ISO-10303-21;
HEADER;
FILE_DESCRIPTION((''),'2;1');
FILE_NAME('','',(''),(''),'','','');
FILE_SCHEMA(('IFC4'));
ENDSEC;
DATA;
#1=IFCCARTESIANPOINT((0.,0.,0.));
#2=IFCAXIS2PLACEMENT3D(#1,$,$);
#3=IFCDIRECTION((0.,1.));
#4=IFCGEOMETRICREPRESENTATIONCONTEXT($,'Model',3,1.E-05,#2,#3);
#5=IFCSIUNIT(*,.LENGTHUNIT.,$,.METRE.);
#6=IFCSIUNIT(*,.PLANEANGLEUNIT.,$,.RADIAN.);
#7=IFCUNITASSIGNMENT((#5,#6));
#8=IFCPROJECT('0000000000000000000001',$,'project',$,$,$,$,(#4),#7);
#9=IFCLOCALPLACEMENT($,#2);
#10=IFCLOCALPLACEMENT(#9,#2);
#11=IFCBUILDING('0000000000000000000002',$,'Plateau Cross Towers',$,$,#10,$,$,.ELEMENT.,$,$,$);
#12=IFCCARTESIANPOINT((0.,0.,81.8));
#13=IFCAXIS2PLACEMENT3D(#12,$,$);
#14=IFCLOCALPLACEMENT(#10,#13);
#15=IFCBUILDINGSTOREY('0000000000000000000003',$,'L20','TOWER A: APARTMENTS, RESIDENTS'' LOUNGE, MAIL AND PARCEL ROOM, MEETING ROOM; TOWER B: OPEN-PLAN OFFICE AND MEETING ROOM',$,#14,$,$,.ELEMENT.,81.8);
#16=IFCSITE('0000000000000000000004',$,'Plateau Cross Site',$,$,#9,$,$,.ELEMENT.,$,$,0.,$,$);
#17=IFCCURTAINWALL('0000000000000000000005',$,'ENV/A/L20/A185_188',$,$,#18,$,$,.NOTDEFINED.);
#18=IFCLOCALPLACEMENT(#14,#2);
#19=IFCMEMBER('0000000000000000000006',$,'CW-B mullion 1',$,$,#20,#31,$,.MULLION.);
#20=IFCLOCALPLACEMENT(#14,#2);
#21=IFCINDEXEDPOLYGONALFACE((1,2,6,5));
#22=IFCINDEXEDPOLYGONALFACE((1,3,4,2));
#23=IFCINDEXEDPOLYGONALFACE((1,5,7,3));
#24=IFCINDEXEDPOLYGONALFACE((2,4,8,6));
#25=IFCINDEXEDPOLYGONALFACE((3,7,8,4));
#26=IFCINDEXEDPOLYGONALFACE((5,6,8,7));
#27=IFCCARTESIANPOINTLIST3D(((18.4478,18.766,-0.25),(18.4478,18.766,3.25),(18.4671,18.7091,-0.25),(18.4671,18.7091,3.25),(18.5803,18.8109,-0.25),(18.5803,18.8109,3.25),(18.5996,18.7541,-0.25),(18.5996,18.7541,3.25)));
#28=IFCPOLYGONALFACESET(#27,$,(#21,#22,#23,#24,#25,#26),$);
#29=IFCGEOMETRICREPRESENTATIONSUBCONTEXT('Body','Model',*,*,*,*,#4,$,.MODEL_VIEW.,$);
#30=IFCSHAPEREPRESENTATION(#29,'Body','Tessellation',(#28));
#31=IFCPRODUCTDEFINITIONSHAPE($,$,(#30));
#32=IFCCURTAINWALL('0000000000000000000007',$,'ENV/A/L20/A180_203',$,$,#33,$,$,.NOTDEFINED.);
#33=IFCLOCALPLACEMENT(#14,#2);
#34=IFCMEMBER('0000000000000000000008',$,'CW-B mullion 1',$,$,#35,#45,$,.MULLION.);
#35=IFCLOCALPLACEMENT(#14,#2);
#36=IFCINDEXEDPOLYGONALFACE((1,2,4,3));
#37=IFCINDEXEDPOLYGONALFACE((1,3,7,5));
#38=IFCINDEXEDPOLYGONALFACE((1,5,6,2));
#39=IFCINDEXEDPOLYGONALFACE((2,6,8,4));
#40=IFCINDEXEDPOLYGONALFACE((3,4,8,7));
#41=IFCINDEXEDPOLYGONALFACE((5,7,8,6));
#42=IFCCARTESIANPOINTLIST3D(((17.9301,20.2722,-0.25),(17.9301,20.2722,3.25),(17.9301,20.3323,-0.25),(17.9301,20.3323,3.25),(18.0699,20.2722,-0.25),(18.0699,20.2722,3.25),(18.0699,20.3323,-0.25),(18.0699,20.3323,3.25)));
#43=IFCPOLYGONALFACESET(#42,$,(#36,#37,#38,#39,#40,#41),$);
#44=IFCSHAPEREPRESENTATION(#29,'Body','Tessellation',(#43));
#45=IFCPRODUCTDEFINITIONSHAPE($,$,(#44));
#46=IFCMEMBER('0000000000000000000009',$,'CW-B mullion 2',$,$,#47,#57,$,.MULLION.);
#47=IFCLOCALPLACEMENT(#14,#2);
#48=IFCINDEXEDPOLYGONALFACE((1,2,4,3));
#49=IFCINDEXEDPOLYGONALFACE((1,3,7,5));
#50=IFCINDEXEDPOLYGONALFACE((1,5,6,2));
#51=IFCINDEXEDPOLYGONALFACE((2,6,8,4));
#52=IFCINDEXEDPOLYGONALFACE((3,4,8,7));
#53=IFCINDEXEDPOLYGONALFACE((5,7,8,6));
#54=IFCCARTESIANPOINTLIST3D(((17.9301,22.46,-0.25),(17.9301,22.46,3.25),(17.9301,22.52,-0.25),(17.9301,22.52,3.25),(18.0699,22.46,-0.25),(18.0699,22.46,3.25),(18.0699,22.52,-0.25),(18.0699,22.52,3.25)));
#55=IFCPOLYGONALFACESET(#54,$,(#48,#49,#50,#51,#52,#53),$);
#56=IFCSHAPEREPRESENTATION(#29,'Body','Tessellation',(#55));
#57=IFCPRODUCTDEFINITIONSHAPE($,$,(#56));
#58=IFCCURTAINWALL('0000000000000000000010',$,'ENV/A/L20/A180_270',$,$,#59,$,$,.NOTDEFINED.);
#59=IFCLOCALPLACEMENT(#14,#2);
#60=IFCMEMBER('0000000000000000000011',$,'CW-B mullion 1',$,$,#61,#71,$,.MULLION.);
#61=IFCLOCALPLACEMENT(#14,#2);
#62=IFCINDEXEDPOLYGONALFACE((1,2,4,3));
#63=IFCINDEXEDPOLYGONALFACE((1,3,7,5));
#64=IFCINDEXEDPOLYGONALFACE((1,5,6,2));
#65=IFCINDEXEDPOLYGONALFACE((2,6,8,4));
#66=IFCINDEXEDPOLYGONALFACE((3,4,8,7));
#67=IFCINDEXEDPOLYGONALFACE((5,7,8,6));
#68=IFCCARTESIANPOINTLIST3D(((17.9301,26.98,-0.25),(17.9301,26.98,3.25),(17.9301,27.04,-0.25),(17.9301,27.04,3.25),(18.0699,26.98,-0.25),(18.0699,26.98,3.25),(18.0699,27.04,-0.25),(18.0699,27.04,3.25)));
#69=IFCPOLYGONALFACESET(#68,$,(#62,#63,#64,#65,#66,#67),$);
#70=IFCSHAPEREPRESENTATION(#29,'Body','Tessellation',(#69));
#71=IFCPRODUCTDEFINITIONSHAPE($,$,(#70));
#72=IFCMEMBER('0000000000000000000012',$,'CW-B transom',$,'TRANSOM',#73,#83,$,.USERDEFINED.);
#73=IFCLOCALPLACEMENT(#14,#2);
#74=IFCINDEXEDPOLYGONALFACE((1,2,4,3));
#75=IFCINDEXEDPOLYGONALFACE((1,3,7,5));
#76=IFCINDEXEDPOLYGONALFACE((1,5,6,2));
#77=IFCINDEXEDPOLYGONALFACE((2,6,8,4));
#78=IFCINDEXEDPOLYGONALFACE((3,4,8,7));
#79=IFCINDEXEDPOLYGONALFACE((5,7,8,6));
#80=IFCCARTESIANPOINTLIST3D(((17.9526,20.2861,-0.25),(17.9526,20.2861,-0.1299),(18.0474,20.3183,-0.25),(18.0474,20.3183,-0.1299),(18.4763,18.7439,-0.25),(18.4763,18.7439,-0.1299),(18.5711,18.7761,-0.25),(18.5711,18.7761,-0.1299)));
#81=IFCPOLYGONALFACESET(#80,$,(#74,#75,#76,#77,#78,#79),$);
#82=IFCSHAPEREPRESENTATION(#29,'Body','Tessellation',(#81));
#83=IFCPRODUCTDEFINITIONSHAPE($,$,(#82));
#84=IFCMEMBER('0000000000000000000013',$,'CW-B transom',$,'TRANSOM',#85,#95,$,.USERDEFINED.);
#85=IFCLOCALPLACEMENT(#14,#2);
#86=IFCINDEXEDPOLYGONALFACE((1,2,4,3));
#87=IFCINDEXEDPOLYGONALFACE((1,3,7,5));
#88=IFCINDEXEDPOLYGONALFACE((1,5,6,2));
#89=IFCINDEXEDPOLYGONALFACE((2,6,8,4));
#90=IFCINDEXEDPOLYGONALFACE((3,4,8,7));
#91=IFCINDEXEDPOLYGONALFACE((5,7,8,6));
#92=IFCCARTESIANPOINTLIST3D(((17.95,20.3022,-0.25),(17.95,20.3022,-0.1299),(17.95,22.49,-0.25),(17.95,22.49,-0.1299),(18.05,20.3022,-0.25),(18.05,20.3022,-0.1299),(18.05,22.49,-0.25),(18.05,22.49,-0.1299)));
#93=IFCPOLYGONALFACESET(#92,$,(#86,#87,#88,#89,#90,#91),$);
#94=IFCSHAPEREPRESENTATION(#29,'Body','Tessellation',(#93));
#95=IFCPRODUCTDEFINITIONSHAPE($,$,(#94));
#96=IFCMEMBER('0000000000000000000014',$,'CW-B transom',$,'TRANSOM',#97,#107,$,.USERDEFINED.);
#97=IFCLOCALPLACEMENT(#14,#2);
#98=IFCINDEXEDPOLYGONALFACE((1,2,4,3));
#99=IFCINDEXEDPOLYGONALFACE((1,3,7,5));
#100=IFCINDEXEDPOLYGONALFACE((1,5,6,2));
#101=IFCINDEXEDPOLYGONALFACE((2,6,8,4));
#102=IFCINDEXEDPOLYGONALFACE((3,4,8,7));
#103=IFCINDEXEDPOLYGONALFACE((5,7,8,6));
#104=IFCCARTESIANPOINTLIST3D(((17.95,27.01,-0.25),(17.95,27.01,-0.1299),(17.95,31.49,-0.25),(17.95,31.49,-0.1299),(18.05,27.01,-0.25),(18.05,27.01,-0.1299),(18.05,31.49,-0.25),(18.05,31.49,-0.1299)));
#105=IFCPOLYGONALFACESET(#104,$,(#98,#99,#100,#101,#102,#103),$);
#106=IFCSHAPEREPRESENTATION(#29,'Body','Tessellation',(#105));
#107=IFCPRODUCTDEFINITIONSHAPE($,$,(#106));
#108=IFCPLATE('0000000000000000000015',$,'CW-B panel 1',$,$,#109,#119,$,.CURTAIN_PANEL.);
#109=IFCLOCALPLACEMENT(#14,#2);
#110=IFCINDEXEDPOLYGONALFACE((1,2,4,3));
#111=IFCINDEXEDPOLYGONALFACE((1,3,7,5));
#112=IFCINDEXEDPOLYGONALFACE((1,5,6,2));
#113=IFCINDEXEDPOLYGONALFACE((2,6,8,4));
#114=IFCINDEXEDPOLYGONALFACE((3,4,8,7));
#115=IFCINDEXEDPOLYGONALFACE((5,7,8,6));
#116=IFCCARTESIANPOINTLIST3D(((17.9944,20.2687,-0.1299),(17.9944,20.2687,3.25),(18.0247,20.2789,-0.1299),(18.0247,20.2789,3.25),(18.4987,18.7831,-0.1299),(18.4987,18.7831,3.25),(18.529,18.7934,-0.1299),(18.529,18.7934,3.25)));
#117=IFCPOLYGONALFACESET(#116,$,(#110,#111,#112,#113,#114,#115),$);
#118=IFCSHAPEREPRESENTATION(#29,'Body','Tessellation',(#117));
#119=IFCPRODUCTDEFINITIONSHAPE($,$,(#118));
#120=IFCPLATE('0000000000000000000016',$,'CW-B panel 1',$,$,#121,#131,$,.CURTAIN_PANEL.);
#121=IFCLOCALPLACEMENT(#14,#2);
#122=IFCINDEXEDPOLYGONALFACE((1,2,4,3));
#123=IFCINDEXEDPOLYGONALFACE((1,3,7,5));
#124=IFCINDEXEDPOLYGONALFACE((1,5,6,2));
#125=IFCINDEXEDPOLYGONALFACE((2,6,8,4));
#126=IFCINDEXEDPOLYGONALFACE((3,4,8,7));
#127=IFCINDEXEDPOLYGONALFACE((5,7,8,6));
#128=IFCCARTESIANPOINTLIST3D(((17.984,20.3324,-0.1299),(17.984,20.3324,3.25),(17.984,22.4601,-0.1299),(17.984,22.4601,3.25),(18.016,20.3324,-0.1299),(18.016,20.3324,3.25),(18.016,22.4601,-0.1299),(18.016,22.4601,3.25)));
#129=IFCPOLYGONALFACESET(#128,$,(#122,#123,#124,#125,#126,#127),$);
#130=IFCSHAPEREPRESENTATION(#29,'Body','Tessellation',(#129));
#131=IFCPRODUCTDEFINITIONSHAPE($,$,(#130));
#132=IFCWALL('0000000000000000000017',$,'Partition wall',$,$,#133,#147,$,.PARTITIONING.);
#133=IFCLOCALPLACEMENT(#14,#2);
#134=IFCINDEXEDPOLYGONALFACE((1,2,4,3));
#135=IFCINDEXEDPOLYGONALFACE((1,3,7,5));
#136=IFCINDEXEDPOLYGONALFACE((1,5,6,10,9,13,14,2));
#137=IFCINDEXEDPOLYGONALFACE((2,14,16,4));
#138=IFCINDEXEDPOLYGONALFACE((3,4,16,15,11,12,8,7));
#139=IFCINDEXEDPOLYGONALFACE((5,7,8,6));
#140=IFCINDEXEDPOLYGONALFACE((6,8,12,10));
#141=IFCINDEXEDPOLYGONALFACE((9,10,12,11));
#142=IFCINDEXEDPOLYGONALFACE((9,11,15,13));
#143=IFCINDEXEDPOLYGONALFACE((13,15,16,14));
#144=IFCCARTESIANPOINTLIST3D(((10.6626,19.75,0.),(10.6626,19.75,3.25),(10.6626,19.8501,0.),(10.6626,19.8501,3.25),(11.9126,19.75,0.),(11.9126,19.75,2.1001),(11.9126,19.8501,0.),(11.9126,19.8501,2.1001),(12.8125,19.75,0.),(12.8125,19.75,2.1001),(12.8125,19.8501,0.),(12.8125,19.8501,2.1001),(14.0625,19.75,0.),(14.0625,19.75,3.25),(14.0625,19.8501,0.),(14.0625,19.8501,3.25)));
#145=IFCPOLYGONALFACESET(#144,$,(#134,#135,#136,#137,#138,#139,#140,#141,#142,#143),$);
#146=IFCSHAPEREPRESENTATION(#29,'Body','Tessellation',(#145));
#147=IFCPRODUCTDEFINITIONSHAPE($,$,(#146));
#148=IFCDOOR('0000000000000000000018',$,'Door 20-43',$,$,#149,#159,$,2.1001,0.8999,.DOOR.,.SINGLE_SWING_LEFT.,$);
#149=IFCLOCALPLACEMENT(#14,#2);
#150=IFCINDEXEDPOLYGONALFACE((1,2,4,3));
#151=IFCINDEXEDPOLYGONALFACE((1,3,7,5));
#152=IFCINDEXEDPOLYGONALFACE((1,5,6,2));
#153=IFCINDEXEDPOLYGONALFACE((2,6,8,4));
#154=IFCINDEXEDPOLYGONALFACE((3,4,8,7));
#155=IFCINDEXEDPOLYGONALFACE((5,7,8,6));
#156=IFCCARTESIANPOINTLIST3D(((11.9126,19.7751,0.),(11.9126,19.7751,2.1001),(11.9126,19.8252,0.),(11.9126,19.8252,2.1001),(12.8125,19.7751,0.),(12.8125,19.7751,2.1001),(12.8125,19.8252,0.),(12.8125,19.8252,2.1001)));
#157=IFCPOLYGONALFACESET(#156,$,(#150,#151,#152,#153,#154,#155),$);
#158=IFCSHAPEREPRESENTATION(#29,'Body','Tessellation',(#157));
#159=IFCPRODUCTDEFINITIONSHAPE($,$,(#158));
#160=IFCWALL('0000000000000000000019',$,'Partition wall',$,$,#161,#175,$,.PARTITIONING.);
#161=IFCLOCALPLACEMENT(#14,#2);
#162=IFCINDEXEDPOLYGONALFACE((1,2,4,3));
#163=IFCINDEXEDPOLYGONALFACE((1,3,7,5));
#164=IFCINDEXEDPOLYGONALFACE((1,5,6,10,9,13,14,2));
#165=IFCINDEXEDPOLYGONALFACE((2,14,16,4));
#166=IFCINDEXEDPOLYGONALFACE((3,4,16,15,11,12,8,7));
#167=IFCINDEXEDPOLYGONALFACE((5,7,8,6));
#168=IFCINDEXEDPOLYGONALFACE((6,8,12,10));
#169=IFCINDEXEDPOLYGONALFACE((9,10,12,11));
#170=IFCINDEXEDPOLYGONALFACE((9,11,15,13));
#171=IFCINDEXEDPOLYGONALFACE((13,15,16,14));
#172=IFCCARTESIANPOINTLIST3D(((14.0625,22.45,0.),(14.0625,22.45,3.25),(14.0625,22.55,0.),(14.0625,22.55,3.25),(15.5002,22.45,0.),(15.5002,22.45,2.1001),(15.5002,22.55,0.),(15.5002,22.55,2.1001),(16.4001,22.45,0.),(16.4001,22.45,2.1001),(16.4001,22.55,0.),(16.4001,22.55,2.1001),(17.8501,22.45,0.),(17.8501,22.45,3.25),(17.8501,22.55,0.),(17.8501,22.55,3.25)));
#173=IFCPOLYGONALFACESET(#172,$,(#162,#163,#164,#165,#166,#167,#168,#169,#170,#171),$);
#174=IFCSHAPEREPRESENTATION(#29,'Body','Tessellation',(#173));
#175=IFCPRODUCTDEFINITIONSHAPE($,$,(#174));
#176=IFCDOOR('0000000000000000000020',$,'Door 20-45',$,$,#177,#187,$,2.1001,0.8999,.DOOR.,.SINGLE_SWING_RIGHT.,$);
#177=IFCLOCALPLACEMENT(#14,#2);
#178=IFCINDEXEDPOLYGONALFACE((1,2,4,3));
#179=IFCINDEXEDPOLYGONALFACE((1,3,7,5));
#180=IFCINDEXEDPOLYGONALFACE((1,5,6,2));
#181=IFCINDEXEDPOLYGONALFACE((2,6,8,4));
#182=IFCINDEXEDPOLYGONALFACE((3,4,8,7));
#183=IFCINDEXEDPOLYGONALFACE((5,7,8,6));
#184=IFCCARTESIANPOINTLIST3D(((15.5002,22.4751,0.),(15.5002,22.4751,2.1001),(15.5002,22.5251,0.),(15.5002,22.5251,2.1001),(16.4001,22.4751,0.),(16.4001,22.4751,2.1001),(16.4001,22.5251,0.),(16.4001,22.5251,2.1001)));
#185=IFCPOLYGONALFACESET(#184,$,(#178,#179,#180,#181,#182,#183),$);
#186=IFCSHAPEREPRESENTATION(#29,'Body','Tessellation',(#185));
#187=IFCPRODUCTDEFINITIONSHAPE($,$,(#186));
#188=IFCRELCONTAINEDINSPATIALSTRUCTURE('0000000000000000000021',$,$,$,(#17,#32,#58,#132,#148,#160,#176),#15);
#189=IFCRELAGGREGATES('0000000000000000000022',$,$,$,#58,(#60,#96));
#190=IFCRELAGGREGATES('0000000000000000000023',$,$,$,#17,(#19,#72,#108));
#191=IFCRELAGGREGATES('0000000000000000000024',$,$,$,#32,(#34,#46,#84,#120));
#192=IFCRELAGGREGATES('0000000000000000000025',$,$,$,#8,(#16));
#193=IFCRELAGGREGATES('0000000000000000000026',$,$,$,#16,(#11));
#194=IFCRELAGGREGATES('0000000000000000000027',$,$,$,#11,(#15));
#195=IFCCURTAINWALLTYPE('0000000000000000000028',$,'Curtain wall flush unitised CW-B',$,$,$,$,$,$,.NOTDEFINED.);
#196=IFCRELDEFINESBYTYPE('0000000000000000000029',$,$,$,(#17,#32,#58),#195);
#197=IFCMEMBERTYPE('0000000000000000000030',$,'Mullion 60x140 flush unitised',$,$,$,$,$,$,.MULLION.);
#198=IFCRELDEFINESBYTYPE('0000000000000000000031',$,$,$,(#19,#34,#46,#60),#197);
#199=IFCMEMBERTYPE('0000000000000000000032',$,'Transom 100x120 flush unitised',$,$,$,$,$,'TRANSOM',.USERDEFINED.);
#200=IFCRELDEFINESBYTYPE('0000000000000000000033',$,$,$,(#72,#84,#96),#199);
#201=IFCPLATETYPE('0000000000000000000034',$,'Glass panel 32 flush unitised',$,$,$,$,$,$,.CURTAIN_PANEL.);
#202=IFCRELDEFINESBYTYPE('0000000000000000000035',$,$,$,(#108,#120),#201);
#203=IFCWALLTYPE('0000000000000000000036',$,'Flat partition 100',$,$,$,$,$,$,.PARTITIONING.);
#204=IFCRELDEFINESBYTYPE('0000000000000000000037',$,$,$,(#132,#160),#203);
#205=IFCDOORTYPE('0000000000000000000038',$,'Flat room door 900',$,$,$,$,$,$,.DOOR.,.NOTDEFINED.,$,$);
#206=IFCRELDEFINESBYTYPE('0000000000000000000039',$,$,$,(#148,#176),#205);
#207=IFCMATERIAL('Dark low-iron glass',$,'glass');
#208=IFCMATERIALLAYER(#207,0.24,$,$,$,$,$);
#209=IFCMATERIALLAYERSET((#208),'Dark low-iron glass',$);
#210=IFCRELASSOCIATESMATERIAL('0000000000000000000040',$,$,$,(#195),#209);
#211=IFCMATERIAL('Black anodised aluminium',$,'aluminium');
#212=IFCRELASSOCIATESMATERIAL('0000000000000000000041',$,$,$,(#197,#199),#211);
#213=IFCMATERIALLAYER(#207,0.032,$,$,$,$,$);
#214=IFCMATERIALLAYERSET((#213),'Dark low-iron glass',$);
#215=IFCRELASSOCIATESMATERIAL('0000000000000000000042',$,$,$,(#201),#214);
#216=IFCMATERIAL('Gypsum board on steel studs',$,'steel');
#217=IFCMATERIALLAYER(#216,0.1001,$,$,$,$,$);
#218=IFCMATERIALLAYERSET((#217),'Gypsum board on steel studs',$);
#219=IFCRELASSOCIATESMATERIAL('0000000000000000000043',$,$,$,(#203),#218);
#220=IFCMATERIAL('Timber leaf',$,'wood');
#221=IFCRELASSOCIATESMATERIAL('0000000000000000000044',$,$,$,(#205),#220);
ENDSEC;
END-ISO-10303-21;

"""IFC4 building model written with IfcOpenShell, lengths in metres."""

from ifc_helpers import new_model, si_unit, direction, frame, frame_2d, origin, origin_2d, place, context, subcontext, project, spatial, rectangle, extrude, material, layer, layer_set, material_profile, profile_set, type_object, element, fill, aggregate, save


model = new_model("IFC4")

# Units and contexts
model_context = context("Model", 3, precision=1e-05, world=origin(), true_north=direction((0.0, 1.0)))
body_context = subcontext(model_context, "Body", "Model", "MODEL_VIEW")
ifc_project = project(units=[si_unit("LENGTHUNIT", "METRE"), si_unit("PLANEANGLEUNIT", "RADIAN")], contexts=[model_context])

# Site, building, storey
site_placement = place(None, origin())
site = spatial("IfcSite", under=ifc_project, at=site_placement, Name="Plateau Cross Site", CompositionType="ELEMENT", RefElevation=0.0)
building_placement = place(site_placement, origin())
building = spatial("IfcBuilding", under=site, at=building_placement, Name="Plateau Cross Towers", CompositionType="ELEMENT")
storey_placement = place(building_placement, frame((0.0, 0.0, 81.8)))
storey = spatial("IfcBuildingStorey", under=building, at=storey_placement, Name="L20", Description="TOWER A: APARTMENTS, RESIDENTS' LOUNGE, MAIL AND PARCEL ROOM, MEETING ROOM; TOWER B: OPEN-PLAN OFFICE AND MEETING ROOM", CompositionType="ELEMENT", Elevation=81.8)

# Curtain wall, member
ifc_material_1 = material(Name="Dark low-iron glass", Category="glass")
ifc_layer_1 = layer(ifc_material_1, 0.24)
ifc_layer_set_1 = layer_set([ifc_layer_1], Name="Dark low-iron glass")
curtain_wall_type = type_object("IfcCurtainWallType", Name="Curtain wall flush unitised CW-B", PredefinedType="NOTDEFINED", material=ifc_layer_set_1)
curtain_wall_1_placement = place(storey_placement, origin())
curtain_wall_1 = element("IfcCurtainWall", 1, at=curtain_wall_1_placement, inside=storey, type_object=curtain_wall_type, Name="ENV/A/L20/A185_188", PredefinedType="NOTDEFINED")
ifc_material_2 = material(Name="Black anodised aluminium", Category="aluminium")
ifc_material_profile_1 = material_profile(ifc_material_2, rectangle(XDim=0.0601, YDim=0.1399, at=origin_2d()), Name="MULLION 60x140")
ifc_profile_set_1 = profile_set([ifc_material_profile_1], Name="Black anodised aluminium")
member_type_1 = type_object("IfcMemberType", Name="Mullion 60x140 flush unitised", PredefinedType="MULLION", material=ifc_profile_set_1)
member_1_placement = place(storey_placement, frame((18.5237, 18.76, -0.25), z_axis=(0.0, 0.0, 1.0), x_axis=(-0.321469, 0.94692, 0.0)))
member_1 = element("IfcMember", 2, at=member_1_placement, type_object=member_type_1, Name="CW-B mullion 1", PredefinedType="MULLION", context=body_context, shape_type="SweptSolid", body=[
    extrude(rectangle(XDim=0.0601, YDim=0.1399, at=origin_2d()), origin(), (0.0, 0.0, 1.0), 3.5),
])

# Curtain wall, members
curtain_wall_2_placement = place(storey_placement, origin())
curtain_wall_2 = element("IfcCurtainWall", 3, at=curtain_wall_2_placement, inside=storey, type_object=curtain_wall_type, Name="ENV/A/L20/A180_203", PredefinedType="NOTDEFINED")
member_2_placement = place(storey_placement, frame((18.0, 20.3022, -0.25), z_axis=(0.0, 0.0, 1.0), x_axis=(0.0, 1.0, 0.0)))
member_2 = element("IfcMember", 4, at=member_2_placement, type_object=member_type_1, Name="CW-B mullion 1", PredefinedType="MULLION", context=body_context, shape_type="SweptSolid", body=[
    extrude(rectangle(XDim=0.0601, YDim=0.1399, at=origin_2d()), origin(), (0.0, 0.0, 1.0), 3.5),
])
member_3_placement = place(storey_placement, frame((18.0, 22.49, -0.25), z_axis=(0.0, 0.0, 1.0), x_axis=(0.0, 1.0, 0.0)))
member_3 = element("IfcMember", 5, at=member_3_placement, type_object=member_type_1, Name="CW-B mullion 2", PredefinedType="MULLION", context=body_context, shape_type="SweptSolid", body=[
    extrude(rectangle(XDim=0.0601, YDim=0.1399, at=origin_2d()), origin(), (0.0, 0.0, 1.0), 3.5),
])

# Curtain wall, member
curtain_wall_3_placement = place(storey_placement, origin())
curtain_wall_3 = element("IfcCurtainWall", 6, at=curtain_wall_3_placement, inside=storey, type_object=curtain_wall_type, Name="ENV/A/L20/A180_270", PredefinedType="NOTDEFINED")
member_4_placement = place(storey_placement, frame((18.0, 27.01, -0.25), z_axis=(0.0, 0.0, 1.0), x_axis=(0.0, 1.0, 0.0)))
member_4 = element("IfcMember", 7, at=member_4_placement, type_object=member_type_1, Name="CW-B mullion 1", PredefinedType="MULLION", context=body_context, shape_type="SweptSolid", body=[
    extrude(rectangle(XDim=0.0601, YDim=0.1399, at=origin_2d()), origin(), (0.0, 0.0, 1.0), 3.5),
])

# Members
ifc_material_profile_2 = material_profile(ifc_material_2, rectangle(XDim=0.1001, YDim=0.1201, at=origin_2d()), Name="TRANSOM 100x120")
ifc_profile_set_2 = profile_set([ifc_material_profile_2], Name="Black anodised aluminium")
member_type_2 = type_object("IfcMemberType", Name="Transom 100x120 flush unitised", ElementType="TRANSOM", PredefinedType="USERDEFINED", material=ifc_profile_set_2)
member_5_placement = place(storey_placement, frame((18.5237, 18.76, -0.1899), z_axis=(-0.321529, 0.9469, 0.0), x_axis=(-0.9469, -0.321529, 0.0)))
member_5 = element("IfcMember", 8, at=member_5_placement, type_object=member_type_2, Name="CW-B transom", ObjectType="TRANSOM", PredefinedType="USERDEFINED", context=body_context, shape_type="SweptSolid", body=[
    extrude(rectangle(XDim=0.1001, YDim=0.1201, at=origin_2d()), origin(), (0.0, 0.0, 1.0), 1.6287),
])
member_6_placement = place(storey_placement, frame((18.0, 20.3022, -0.1899), z_axis=(0.0, 1.0, 0.0), x_axis=(-1.0, 0.0, 0.0)))
member_6 = element("IfcMember", 9, at=member_6_placement, type_object=member_type_2, Name="CW-B transom", ObjectType="TRANSOM", PredefinedType="USERDEFINED", context=body_context, shape_type="SweptSolid", body=[
    extrude(rectangle(XDim=0.1001, YDim=0.1201, at=origin_2d()), origin(), (0.0, 0.0, 1.0), 2.1877),
])
member_7_placement = place(storey_placement, frame((18.0, 27.01, -0.1899), z_axis=(0.0, 1.0, 0.0), x_axis=(-1.0, 0.0, 0.0)))
member_7 = element("IfcMember", 10, at=member_7_placement, type_object=member_type_2, Name="CW-B transom", ObjectType="TRANSOM", PredefinedType="USERDEFINED", context=body_context, shape_type="SweptSolid", body=[
    extrude(rectangle(XDim=0.1001, YDim=0.1201, at=origin_2d()), origin(), (0.0, 0.0, 1.0), 4.48),
])
aggregate(curtain_wall_3, [member_4, member_7])

# Plates
ifc_layer_2 = layer(ifc_material_1, 0.032)
ifc_layer_set_2 = layer_set([ifc_layer_2], Name="Dark low-iron glass")
plate_type = type_object("IfcPlateType", Name="Glass panel 32 flush unitised", PredefinedType="CURTAIN_PANEL", material=ifc_layer_set_2)
plate_1_placement = place(storey_placement, frame((18.2617, 19.531, -0.1299), z_axis=(0.0, 0.0, 1.0), x_axis=(-0.321469, 0.94692, 0.0)))
plate_1 = element("IfcPlate", 11, at=plate_1_placement, type_object=plate_type, Name="CW-B panel 1", PredefinedType="CURTAIN_PANEL", context=body_context, shape_type="SweptSolid", body=[
    extrude(rectangle(XDim=1.5688, YDim=0.032, at=origin_2d()), origin(), (0.0, 0.0, 1.0), 3.3799),
])
aggregate(curtain_wall_1, [member_1, member_5, plate_1])
plate_2_placement = place(storey_placement, frame((18.0, 21.3962, -0.1299), z_axis=(0.0, 0.0, 1.0), x_axis=(0.0, 1.0, 0.0)))
plate_2 = element("IfcPlate", 12, at=plate_2_placement, type_object=plate_type, Name="CW-B panel 1", PredefinedType="CURTAIN_PANEL", context=body_context, shape_type="SweptSolid", body=[
    extrude(rectangle(XDim=2.1277, YDim=0.032, at=origin_2d()), origin(), (0.0, 0.0, 1.0), 3.3799),
])
aggregate(curtain_wall_2, [member_2, member_3, member_6, plate_2])

# Walls, openings, doors
ifc_material_3 = material(Name="Gypsum board on steel studs", Category="steel")
ifc_layer_3 = layer(ifc_material_3, 0.1001)
ifc_layer_set_3 = layer_set([ifc_layer_3], Name="Gypsum board on steel studs")
wall_type_1 = type_object("IfcWallType", Name="Flat partition 100", PredefinedType="PARTITIONING", material=ifc_layer_set_3)
wall_1_placement = place(storey_placement, frame((14.0625, 19.8, 0.0), z_axis=(0.0, 0.0, 1.0), x_axis=(-1.0, 0.0, 0.0)))
wall_1 = element("IfcWall", 13, at=wall_1_placement, inside=storey, type_object=wall_type_1, Name="Partition wall", PredefinedType="PARTITIONING", context=body_context, shape_type="SweptSolid", body=[
    extrude(rectangle(XDim=3.3999, YDim=0.1001, at=frame_2d((1.7, 0.0))), origin(), (0.0, 0.0, 1.0), 3.25),
])
opening_1_placement = place(wall_1_placement, frame((1.25, 0.0, 0.0)))
opening_1 = element("IfcOpeningElement", 14, at=opening_1_placement, cuts=wall_1, PredefinedType="OPENING", context=body_context, shape_type="SweptSolid", body=[
    extrude(rectangle(XDim=0.8999, YDim=2.1001, at=frame_2d((0.45, 1.05))), frame((0.0, 0.0601, 0.0), z_axis=(0.0, -1.0, 0.0), x_axis=(1.0, 0.0, 0.0)), (0.0, 0.0, 1.0), 0.1201),
])
ifc_material_4 = material(Name="Timber leaf", Category="wood")
door_type_1 = type_object("IfcDoorType", Name="Flat room door 900", OperationType="NOTDEFINED", PredefinedType="DOOR", material=ifc_material_4)
door_1_placement = place(opening_1_placement, origin())
door_1 = element("IfcDoor", 15, at=door_1_placement, inside=storey, type_object=door_type_1, Name="Door 20-43", OperationType="SINGLE_SWING_LEFT", OverallHeight=2.1001, OverallWidth=0.8999, PredefinedType="DOOR", context=body_context, shape_type="SweptSolid", body=[
    extrude(rectangle(XDim=0.8999, YDim=2.1001, at=frame_2d((0.45, 1.05))), frame((0.0, 0.0249, 0.0), z_axis=(0.0, -1.0, 0.0), x_axis=(1.0, 0.0, 0.0)), (0.0, 0.0, 1.0), 0.05),
])
fill(opening_1, door_1)
wall_2_placement = place(storey_placement, frame((17.8501, 22.5, 0.0), z_axis=(0.0, 0.0, 1.0), x_axis=(-1.0, 0.0, 0.0)))
wall_2 = element("IfcWall", 16, at=wall_2_placement, inside=storey, type_object=wall_type_1, Name="Partition wall", PredefinedType="PARTITIONING", context=body_context, shape_type="SweptSolid", body=[
    extrude(rectangle(XDim=3.7876, YDim=0.1001, at=frame_2d((1.8938, 0.0))), origin(), (0.0, 0.0, 1.0), 3.25),
])
opening_2_placement = place(wall_2_placement, frame((1.45, 0.0, 0.0)))
opening_2 = element("IfcOpeningElement", 17, at=opening_2_placement, cuts=wall_2, PredefinedType="OPENING", context=body_context, shape_type="SweptSolid", body=[
    extrude(rectangle(XDim=0.8999, YDim=2.1001, at=frame_2d((0.45, 1.05))), frame((0.0, 0.0601, 0.0), z_axis=(0.0, -1.0, 0.0), x_axis=(1.0, 0.0, 0.0)), (0.0, 0.0, 1.0), 0.1201),
])
door_2_placement = place(opening_2_placement, origin())
door_2 = element("IfcDoor", 18, at=door_2_placement, inside=storey, type_object=door_type_1, Name="Door 20-45", OperationType="SINGLE_SWING_RIGHT", OverallHeight=2.1001, OverallWidth=0.8999, PredefinedType="DOOR", context=body_context, shape_type="SweptSolid", body=[
    extrude(rectangle(XDim=0.8999, YDim=2.1001, at=frame_2d((0.45, 1.05))), frame((0.0, 0.0249, 0.0), z_axis=(0.0, -1.0, 0.0), x_axis=(1.0, 0.0, 0.0)), (0.0, 0.0, 1.0), 0.05),
])
fill(opening_2, door_2)

save(model, "model.ifc")
